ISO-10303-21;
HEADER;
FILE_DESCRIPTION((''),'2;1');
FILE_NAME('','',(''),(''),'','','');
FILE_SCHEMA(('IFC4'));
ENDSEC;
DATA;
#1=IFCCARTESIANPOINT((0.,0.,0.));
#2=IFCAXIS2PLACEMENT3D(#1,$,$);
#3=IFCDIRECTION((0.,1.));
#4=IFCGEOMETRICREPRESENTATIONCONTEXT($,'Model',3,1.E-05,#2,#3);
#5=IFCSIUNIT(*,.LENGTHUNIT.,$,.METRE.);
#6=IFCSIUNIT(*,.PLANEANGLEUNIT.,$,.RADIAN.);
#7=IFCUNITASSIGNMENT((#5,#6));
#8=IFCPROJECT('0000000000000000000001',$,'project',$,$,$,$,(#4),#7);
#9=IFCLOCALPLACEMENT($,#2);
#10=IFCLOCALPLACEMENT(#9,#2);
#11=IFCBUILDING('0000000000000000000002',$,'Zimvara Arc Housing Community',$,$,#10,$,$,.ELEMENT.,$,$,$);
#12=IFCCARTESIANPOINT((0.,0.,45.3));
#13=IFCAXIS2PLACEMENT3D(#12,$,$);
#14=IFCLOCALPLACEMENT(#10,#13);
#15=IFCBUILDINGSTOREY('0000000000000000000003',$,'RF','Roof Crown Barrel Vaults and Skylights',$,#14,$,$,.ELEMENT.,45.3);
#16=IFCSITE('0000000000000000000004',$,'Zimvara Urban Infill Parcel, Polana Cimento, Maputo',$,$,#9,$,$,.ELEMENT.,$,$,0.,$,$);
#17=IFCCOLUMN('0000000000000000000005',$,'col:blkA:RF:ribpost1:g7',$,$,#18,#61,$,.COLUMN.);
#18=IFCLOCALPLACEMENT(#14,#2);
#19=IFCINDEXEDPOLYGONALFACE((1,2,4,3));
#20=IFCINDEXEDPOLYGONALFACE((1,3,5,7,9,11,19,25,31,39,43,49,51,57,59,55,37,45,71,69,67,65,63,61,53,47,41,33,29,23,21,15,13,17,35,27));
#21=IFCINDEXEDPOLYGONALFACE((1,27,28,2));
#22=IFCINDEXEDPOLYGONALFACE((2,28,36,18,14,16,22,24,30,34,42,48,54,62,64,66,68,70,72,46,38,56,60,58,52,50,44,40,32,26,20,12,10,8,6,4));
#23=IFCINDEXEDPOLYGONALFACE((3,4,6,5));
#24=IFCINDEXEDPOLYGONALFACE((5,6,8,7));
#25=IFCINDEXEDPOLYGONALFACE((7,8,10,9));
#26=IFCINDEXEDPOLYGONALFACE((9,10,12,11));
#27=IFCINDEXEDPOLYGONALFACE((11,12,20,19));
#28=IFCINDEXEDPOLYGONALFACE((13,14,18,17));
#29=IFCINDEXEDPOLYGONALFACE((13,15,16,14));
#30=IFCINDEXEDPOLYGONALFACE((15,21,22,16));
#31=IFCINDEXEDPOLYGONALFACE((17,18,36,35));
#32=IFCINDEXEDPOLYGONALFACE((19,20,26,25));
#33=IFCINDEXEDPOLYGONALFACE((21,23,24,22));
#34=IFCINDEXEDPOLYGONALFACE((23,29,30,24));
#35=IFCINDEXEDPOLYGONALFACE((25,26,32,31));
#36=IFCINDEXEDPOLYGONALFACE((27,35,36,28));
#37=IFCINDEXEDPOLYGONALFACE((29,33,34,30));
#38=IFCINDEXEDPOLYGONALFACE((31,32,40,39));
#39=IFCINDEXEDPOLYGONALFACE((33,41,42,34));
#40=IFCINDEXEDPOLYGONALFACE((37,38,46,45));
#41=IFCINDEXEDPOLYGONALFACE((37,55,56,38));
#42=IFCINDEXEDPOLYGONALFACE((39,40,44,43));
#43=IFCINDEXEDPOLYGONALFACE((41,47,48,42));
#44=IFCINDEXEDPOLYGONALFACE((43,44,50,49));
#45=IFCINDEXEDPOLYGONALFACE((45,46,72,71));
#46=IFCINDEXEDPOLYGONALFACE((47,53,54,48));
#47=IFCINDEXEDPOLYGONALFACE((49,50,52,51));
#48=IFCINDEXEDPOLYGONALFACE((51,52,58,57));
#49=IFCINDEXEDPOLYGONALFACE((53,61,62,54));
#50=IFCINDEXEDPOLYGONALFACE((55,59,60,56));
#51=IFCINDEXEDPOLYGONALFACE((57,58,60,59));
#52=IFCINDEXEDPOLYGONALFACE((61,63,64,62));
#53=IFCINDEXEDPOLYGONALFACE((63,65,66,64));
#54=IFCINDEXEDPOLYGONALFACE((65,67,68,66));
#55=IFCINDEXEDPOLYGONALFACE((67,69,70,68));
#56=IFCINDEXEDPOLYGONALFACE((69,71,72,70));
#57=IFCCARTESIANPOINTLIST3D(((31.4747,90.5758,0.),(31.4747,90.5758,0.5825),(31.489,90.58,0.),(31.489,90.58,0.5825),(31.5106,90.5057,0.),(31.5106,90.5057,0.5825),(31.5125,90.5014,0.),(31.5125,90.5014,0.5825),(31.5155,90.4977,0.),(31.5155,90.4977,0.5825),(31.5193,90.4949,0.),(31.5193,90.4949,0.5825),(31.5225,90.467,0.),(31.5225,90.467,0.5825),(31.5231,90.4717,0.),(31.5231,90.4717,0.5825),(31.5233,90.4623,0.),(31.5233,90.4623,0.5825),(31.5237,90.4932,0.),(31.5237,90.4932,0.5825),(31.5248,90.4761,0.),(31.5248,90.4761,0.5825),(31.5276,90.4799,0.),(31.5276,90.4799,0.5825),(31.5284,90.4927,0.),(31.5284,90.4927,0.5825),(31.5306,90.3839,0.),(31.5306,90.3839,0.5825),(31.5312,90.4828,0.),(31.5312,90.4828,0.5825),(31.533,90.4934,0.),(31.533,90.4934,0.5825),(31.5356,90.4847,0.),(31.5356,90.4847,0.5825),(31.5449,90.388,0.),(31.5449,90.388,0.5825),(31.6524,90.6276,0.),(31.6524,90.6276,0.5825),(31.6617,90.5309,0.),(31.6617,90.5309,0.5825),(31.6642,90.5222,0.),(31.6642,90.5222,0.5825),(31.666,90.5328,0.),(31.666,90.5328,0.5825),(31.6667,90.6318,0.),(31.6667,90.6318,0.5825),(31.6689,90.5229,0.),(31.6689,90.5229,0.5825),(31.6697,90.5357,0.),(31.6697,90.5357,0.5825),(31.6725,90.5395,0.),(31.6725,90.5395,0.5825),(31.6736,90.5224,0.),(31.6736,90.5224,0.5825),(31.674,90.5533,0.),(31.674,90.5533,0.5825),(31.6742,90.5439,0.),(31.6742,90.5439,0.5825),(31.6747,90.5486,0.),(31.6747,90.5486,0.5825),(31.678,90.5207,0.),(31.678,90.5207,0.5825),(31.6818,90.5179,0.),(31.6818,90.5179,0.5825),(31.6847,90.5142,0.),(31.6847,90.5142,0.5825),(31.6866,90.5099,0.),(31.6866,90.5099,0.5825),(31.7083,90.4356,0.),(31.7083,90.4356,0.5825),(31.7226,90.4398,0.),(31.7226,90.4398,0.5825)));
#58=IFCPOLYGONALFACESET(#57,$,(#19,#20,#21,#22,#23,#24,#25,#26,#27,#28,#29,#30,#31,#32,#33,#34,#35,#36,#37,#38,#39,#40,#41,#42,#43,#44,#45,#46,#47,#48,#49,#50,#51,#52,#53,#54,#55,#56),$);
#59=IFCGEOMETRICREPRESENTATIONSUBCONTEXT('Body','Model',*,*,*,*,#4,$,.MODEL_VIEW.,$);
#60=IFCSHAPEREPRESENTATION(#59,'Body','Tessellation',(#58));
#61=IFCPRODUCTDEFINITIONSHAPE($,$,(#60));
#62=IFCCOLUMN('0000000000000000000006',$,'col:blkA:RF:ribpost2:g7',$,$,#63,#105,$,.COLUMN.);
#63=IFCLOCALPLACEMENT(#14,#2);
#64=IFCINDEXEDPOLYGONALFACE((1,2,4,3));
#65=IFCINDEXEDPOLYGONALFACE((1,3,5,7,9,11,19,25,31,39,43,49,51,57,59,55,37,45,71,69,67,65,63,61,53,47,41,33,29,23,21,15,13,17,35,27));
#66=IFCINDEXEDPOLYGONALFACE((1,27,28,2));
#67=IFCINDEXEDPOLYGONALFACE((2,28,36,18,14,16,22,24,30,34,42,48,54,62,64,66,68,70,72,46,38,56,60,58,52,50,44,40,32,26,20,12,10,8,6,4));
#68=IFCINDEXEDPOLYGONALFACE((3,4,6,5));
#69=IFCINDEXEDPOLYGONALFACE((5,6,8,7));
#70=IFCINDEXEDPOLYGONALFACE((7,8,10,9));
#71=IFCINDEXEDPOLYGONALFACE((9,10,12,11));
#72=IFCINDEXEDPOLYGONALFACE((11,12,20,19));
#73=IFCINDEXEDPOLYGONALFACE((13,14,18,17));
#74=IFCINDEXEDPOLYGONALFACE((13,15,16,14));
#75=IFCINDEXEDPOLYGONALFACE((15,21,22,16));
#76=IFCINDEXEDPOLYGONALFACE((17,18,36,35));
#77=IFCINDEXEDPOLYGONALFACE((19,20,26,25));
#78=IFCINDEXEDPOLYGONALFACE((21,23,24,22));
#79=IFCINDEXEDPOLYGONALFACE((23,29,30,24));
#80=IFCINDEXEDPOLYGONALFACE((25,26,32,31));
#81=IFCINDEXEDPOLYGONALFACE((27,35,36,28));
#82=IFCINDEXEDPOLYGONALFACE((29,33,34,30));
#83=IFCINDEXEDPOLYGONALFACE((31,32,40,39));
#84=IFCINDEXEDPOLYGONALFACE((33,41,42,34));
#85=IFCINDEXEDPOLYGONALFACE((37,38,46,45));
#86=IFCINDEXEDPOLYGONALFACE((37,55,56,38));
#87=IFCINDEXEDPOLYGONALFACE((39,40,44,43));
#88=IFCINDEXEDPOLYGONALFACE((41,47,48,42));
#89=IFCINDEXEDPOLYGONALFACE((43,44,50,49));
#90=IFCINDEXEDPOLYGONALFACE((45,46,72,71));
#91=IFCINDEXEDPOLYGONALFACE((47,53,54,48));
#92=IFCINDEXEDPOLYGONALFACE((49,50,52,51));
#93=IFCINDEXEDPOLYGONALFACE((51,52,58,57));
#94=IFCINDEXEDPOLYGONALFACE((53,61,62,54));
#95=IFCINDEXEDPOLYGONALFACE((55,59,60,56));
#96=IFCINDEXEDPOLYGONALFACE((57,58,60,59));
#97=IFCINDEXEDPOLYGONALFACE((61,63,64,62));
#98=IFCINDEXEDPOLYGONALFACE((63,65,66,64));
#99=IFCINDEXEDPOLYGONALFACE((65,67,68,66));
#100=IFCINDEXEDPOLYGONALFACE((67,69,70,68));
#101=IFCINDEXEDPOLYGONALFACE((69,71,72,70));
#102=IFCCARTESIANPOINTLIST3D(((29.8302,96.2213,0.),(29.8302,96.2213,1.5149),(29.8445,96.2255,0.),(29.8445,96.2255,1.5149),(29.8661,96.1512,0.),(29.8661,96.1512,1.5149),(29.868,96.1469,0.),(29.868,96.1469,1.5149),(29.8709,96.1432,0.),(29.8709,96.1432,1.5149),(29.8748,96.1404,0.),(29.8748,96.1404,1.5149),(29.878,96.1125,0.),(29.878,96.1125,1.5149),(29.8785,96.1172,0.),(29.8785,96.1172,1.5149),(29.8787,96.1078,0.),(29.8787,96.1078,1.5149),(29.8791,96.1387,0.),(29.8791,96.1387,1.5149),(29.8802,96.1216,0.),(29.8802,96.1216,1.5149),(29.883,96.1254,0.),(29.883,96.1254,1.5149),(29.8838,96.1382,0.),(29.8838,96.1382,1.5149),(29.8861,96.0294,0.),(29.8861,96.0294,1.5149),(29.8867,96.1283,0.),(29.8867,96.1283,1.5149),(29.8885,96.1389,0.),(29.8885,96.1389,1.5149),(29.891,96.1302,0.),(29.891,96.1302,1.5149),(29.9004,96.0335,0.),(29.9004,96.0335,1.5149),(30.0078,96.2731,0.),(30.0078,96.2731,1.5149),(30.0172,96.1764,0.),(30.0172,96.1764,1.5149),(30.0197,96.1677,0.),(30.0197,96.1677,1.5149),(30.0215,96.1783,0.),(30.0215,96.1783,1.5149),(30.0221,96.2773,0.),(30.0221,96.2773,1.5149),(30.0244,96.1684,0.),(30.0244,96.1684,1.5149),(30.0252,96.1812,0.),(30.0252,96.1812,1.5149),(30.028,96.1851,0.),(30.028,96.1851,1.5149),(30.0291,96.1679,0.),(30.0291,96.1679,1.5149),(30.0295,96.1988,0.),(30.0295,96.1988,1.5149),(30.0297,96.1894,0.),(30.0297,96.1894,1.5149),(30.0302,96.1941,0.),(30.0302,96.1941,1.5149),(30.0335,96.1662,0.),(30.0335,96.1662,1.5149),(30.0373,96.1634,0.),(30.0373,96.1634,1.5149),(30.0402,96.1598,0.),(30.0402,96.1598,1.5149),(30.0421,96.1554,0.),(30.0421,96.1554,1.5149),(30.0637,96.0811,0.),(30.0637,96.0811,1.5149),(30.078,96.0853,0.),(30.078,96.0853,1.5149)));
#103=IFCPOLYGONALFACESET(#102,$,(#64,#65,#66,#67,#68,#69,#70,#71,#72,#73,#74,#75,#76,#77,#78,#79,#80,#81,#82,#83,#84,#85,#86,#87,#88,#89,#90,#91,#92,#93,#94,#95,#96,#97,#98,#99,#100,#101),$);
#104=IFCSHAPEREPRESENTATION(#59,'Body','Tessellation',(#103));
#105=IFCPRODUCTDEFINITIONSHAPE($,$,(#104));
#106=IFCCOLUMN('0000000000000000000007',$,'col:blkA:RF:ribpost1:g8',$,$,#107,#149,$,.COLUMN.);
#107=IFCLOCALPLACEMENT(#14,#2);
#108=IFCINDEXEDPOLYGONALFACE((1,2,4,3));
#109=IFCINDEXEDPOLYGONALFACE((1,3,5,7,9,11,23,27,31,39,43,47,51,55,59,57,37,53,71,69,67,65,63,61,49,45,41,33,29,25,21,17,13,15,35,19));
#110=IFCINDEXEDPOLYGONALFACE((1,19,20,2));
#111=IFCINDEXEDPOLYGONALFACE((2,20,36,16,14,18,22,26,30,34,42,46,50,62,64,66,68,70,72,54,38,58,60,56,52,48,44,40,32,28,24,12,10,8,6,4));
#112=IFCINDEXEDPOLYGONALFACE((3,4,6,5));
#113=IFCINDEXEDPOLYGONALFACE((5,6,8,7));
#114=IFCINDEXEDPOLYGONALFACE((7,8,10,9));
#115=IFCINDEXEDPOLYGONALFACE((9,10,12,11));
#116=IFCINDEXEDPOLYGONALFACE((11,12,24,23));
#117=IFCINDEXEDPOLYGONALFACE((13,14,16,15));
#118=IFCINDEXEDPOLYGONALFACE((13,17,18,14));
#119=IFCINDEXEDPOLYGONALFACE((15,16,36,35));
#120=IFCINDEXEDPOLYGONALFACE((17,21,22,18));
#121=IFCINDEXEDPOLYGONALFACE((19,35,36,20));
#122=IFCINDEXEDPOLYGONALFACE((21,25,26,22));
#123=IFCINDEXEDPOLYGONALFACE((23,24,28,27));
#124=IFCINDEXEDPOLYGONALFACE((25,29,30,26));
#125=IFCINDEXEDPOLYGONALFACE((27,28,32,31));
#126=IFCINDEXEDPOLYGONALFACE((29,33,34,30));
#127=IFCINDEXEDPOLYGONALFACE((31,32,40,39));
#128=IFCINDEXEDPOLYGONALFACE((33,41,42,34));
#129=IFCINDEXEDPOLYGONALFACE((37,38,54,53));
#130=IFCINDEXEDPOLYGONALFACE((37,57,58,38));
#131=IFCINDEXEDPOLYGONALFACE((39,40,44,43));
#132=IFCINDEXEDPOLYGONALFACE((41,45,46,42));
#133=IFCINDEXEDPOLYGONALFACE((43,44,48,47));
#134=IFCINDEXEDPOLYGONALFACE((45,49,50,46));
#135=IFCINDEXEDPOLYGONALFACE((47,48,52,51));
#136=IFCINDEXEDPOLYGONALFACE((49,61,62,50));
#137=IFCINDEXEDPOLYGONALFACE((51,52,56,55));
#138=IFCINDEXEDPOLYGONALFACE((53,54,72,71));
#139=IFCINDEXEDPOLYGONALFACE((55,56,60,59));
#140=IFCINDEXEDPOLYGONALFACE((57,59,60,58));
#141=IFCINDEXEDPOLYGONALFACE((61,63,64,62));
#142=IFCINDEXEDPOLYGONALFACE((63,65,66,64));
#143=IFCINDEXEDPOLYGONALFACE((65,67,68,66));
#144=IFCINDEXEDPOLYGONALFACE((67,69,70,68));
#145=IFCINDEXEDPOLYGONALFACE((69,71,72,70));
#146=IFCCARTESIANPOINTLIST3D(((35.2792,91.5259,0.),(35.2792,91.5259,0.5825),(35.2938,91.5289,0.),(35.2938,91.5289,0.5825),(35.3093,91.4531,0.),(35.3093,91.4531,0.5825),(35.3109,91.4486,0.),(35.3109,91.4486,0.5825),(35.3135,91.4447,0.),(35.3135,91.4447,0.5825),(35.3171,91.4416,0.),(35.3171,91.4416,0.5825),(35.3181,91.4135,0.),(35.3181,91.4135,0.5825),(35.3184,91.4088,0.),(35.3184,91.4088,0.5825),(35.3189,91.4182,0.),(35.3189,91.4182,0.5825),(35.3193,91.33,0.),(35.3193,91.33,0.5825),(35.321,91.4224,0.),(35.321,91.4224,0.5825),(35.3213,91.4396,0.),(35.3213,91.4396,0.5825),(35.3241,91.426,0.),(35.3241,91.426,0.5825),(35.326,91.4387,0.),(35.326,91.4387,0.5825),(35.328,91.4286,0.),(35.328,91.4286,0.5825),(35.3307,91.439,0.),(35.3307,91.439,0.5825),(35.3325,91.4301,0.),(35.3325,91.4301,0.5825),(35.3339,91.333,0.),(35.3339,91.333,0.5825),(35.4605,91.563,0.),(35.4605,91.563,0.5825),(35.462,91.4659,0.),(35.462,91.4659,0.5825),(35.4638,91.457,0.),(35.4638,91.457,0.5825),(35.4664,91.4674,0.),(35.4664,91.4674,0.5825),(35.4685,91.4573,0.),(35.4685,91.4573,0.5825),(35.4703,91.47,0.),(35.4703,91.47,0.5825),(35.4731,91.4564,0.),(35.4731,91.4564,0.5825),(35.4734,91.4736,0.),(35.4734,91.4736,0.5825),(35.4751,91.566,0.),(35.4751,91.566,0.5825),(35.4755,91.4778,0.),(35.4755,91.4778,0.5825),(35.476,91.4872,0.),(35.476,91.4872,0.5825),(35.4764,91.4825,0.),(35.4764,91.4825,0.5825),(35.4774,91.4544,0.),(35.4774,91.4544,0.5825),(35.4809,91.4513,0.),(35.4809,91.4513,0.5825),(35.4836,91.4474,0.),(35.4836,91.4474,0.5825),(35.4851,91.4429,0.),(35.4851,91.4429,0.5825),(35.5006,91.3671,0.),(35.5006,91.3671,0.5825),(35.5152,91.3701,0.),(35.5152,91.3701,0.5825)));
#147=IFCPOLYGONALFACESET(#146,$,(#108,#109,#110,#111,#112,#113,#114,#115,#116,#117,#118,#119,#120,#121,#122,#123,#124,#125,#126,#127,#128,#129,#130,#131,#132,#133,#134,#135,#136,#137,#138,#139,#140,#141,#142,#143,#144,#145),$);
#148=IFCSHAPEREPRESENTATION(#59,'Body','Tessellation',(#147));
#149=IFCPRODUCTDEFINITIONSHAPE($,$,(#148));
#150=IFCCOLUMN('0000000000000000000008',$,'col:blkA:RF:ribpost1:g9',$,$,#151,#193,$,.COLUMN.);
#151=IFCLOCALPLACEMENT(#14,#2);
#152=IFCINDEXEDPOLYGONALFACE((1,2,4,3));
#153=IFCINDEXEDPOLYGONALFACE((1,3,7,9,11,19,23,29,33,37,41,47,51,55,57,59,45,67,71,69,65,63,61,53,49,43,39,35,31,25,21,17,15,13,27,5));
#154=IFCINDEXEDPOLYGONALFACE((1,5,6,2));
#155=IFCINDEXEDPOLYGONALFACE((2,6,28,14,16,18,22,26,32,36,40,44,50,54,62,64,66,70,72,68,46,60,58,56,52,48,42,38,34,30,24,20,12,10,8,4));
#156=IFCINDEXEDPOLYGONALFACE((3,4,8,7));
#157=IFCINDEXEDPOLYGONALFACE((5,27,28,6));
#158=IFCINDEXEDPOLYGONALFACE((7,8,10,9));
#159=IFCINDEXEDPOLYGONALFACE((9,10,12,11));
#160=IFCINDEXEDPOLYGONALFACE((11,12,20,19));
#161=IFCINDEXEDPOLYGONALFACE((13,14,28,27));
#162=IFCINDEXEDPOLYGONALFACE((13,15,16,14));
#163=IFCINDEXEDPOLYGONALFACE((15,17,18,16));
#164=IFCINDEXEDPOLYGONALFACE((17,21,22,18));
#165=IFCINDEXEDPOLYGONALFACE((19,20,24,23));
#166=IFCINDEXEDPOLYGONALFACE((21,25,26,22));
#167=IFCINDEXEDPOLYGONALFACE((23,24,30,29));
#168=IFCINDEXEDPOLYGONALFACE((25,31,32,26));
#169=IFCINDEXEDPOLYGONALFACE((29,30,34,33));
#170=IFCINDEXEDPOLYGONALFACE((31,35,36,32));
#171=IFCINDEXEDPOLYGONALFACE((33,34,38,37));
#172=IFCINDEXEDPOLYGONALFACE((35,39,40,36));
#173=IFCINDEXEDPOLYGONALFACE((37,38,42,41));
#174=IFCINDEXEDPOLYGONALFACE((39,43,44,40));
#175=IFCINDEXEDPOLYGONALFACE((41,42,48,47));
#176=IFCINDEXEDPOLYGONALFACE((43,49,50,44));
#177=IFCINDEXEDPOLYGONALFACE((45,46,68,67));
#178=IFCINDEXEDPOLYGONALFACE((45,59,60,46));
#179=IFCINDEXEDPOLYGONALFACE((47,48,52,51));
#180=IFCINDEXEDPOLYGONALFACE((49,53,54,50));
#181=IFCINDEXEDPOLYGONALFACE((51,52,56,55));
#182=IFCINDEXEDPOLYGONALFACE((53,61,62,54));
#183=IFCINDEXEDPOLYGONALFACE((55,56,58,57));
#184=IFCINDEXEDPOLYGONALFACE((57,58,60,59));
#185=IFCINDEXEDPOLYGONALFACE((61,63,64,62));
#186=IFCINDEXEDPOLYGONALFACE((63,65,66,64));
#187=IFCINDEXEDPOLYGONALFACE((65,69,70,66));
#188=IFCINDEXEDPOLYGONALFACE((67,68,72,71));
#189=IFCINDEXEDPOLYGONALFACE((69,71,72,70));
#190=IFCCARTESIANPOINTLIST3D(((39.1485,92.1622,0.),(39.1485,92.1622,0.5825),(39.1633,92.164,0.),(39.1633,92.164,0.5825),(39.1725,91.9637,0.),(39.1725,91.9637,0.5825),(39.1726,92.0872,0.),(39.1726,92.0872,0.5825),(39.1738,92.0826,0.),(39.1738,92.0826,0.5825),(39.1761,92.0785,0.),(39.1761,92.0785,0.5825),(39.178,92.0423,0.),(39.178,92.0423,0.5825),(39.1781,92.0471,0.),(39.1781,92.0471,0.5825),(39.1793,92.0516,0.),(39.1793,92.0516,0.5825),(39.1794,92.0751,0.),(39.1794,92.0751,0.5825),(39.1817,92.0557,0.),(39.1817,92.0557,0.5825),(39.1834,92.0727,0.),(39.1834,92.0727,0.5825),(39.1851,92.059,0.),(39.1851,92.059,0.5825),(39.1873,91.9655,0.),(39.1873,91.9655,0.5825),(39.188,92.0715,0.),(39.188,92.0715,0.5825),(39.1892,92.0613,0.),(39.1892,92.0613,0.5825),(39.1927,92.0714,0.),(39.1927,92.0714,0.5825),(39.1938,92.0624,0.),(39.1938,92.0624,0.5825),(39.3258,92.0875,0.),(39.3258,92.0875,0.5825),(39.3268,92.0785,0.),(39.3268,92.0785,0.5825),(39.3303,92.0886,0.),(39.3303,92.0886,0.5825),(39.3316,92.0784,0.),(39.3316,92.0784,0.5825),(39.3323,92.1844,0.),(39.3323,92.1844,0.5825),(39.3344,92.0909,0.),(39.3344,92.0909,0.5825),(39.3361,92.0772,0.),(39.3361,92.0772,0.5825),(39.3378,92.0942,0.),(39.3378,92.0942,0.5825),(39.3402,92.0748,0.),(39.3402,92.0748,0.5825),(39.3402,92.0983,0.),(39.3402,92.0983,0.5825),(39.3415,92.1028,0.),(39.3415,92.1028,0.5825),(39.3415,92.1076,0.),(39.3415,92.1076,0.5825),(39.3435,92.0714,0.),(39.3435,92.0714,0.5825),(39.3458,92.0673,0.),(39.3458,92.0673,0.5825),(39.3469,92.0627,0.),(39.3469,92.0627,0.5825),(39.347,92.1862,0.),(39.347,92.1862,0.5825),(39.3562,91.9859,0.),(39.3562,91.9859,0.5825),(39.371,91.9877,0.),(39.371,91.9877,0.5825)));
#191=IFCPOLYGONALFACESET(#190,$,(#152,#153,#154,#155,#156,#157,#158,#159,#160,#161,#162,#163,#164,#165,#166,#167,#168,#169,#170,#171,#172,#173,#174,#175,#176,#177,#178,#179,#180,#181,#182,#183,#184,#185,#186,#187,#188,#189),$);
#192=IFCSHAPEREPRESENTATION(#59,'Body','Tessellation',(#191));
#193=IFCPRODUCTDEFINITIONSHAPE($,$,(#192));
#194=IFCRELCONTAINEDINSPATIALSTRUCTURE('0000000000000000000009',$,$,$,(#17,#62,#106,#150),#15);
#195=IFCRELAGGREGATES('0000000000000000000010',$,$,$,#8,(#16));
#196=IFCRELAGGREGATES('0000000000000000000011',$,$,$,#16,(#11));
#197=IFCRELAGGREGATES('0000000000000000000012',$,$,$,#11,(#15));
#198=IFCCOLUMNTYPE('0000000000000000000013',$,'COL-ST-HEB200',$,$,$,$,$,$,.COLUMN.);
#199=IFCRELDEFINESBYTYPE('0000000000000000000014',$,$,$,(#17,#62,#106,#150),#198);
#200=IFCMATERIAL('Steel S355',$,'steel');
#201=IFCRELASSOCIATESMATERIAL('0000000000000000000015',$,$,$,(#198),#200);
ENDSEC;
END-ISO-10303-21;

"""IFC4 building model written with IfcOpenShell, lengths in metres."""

from ifc_helpers import new_model, si_unit, direction, frame, origin, origin_2d, place, context, subcontext, project, spatial, i_section, extrude, material, material_profile, profile_set, type_object, element, save


model = new_model("IFC4")

# Units and contexts
model_context = context("Model", 3, precision=1e-05, world=origin(), true_north=direction((0.0, 1.0)))
body_context = subcontext(model_context, "Body", "Model", "MODEL_VIEW")
ifc_project = project(units=[si_unit("LENGTHUNIT", "METRE"), si_unit("PLANEANGLEUNIT", "RADIAN")], contexts=[model_context])

# Site, building, storey
site_placement = place(None, origin())
site = spatial("IfcSite", under=ifc_project, at=site_placement, Name="Zimvara Urban Infill Parcel, Polana Cimento, Maputo", CompositionType="ELEMENT", RefElevation=0.0)
building_placement = place(site_placement, origin())
building = spatial("IfcBuilding", under=site, at=building_placement, Name="Zimvara Arc Housing Community", CompositionType="ELEMENT")
storey_placement = place(building_placement, frame((0.0, 0.0, 45.3)))
storey = spatial("IfcBuildingStorey", under=building, at=storey_placement, Name="RF", Description="Roof Crown Barrel Vaults and Skylights", CompositionType="ELEMENT", Elevation=45.3)

# Columns
ifc_material_1 = material(Name="Steel S355", Category="steel")
ifc_material_profile_1 = material_profile(ifc_material_1, i_section(OverallWidth=0.2, OverallDepth=0.2, WebThickness=0.009, FlangeThickness=0.0149, FilletRadius=0.0181, at=origin_2d()), Name="HEB 200")
ifc_profile_set_1 = profile_set([ifc_material_profile_1], Name="Steel S355")
column_type = type_object("IfcColumnType", Name="COL-ST-HEB200", PredefinedType="COLUMN", material=ifc_profile_set_1)
column_1_placement = place(storey_placement, frame((31.5986, 90.5078, 0.0), z_axis=(0.0, 0.0, 1.0), x_axis=(-0.279661, 0.960099, 0.0)))
element("IfcColumn", 1, at=column_1_placement, inside=storey, type_object=column_type, Name="col:blkA:RF:ribpost1:g7", PredefinedType="COLUMN", context=body_context, shape_type="SweptSolid", body=[
    extrude(i_section(OverallWidth=0.2, OverallDepth=0.2, WebThickness=0.009, FlangeThickness=0.0149, FilletRadius=0.0181, at=origin_2d()), origin(), (0.0, 0.0, 1.0), 0.5825),
])
column_2_placement = place(storey_placement, frame((29.9541, 96.1533, 0.0), z_axis=(0.0, 0.0, 1.0), x_axis=(-0.279661, 0.960099, 0.0)))
element("IfcColumn", 2, at=column_2_placement, inside=storey, type_object=column_type, Name="col:blkA:RF:ribpost2:g7", PredefinedType="COLUMN", context=body_context, shape_type="SweptSolid", body=[
    extrude(i_section(OverallWidth=0.2, OverallDepth=0.2, WebThickness=0.009, FlangeThickness=0.0149, FilletRadius=0.0181, at=origin_2d()), origin(), (0.0, 0.0, 1.0), 1.5149),
])
for number, where, z_axis, x_axis, name in (
    (3, (35.3972, 91.448, 0.0), (0.0, 0.0, 1.0), (-0.200394, 0.979715, 0.0), "col:blkA:RF:ribpost1:g8"),
    (4, (39.2598, 92.075, 0.0), (0.0, 0.0, 1.0), (-0.11979, 0.992799, 0.0), "col:blkA:RF:ribpost1:g9"),
):
    element("IfcColumn", number, at=place(storey_placement, frame(where, z_axis=z_axis, x_axis=x_axis)), inside=storey, type_object=column_type, Name=name, PredefinedType="COLUMN", context=body_context, shape_type="SweptSolid", body=[
        extrude(i_section(OverallWidth=0.2, OverallDepth=0.2, WebThickness=0.009, FlangeThickness=0.0149, FilletRadius=0.0181, at=origin_2d()), origin(), (0.0, 0.0, 1.0), 0.5825),
    ])

save(model, "model.ifc")
